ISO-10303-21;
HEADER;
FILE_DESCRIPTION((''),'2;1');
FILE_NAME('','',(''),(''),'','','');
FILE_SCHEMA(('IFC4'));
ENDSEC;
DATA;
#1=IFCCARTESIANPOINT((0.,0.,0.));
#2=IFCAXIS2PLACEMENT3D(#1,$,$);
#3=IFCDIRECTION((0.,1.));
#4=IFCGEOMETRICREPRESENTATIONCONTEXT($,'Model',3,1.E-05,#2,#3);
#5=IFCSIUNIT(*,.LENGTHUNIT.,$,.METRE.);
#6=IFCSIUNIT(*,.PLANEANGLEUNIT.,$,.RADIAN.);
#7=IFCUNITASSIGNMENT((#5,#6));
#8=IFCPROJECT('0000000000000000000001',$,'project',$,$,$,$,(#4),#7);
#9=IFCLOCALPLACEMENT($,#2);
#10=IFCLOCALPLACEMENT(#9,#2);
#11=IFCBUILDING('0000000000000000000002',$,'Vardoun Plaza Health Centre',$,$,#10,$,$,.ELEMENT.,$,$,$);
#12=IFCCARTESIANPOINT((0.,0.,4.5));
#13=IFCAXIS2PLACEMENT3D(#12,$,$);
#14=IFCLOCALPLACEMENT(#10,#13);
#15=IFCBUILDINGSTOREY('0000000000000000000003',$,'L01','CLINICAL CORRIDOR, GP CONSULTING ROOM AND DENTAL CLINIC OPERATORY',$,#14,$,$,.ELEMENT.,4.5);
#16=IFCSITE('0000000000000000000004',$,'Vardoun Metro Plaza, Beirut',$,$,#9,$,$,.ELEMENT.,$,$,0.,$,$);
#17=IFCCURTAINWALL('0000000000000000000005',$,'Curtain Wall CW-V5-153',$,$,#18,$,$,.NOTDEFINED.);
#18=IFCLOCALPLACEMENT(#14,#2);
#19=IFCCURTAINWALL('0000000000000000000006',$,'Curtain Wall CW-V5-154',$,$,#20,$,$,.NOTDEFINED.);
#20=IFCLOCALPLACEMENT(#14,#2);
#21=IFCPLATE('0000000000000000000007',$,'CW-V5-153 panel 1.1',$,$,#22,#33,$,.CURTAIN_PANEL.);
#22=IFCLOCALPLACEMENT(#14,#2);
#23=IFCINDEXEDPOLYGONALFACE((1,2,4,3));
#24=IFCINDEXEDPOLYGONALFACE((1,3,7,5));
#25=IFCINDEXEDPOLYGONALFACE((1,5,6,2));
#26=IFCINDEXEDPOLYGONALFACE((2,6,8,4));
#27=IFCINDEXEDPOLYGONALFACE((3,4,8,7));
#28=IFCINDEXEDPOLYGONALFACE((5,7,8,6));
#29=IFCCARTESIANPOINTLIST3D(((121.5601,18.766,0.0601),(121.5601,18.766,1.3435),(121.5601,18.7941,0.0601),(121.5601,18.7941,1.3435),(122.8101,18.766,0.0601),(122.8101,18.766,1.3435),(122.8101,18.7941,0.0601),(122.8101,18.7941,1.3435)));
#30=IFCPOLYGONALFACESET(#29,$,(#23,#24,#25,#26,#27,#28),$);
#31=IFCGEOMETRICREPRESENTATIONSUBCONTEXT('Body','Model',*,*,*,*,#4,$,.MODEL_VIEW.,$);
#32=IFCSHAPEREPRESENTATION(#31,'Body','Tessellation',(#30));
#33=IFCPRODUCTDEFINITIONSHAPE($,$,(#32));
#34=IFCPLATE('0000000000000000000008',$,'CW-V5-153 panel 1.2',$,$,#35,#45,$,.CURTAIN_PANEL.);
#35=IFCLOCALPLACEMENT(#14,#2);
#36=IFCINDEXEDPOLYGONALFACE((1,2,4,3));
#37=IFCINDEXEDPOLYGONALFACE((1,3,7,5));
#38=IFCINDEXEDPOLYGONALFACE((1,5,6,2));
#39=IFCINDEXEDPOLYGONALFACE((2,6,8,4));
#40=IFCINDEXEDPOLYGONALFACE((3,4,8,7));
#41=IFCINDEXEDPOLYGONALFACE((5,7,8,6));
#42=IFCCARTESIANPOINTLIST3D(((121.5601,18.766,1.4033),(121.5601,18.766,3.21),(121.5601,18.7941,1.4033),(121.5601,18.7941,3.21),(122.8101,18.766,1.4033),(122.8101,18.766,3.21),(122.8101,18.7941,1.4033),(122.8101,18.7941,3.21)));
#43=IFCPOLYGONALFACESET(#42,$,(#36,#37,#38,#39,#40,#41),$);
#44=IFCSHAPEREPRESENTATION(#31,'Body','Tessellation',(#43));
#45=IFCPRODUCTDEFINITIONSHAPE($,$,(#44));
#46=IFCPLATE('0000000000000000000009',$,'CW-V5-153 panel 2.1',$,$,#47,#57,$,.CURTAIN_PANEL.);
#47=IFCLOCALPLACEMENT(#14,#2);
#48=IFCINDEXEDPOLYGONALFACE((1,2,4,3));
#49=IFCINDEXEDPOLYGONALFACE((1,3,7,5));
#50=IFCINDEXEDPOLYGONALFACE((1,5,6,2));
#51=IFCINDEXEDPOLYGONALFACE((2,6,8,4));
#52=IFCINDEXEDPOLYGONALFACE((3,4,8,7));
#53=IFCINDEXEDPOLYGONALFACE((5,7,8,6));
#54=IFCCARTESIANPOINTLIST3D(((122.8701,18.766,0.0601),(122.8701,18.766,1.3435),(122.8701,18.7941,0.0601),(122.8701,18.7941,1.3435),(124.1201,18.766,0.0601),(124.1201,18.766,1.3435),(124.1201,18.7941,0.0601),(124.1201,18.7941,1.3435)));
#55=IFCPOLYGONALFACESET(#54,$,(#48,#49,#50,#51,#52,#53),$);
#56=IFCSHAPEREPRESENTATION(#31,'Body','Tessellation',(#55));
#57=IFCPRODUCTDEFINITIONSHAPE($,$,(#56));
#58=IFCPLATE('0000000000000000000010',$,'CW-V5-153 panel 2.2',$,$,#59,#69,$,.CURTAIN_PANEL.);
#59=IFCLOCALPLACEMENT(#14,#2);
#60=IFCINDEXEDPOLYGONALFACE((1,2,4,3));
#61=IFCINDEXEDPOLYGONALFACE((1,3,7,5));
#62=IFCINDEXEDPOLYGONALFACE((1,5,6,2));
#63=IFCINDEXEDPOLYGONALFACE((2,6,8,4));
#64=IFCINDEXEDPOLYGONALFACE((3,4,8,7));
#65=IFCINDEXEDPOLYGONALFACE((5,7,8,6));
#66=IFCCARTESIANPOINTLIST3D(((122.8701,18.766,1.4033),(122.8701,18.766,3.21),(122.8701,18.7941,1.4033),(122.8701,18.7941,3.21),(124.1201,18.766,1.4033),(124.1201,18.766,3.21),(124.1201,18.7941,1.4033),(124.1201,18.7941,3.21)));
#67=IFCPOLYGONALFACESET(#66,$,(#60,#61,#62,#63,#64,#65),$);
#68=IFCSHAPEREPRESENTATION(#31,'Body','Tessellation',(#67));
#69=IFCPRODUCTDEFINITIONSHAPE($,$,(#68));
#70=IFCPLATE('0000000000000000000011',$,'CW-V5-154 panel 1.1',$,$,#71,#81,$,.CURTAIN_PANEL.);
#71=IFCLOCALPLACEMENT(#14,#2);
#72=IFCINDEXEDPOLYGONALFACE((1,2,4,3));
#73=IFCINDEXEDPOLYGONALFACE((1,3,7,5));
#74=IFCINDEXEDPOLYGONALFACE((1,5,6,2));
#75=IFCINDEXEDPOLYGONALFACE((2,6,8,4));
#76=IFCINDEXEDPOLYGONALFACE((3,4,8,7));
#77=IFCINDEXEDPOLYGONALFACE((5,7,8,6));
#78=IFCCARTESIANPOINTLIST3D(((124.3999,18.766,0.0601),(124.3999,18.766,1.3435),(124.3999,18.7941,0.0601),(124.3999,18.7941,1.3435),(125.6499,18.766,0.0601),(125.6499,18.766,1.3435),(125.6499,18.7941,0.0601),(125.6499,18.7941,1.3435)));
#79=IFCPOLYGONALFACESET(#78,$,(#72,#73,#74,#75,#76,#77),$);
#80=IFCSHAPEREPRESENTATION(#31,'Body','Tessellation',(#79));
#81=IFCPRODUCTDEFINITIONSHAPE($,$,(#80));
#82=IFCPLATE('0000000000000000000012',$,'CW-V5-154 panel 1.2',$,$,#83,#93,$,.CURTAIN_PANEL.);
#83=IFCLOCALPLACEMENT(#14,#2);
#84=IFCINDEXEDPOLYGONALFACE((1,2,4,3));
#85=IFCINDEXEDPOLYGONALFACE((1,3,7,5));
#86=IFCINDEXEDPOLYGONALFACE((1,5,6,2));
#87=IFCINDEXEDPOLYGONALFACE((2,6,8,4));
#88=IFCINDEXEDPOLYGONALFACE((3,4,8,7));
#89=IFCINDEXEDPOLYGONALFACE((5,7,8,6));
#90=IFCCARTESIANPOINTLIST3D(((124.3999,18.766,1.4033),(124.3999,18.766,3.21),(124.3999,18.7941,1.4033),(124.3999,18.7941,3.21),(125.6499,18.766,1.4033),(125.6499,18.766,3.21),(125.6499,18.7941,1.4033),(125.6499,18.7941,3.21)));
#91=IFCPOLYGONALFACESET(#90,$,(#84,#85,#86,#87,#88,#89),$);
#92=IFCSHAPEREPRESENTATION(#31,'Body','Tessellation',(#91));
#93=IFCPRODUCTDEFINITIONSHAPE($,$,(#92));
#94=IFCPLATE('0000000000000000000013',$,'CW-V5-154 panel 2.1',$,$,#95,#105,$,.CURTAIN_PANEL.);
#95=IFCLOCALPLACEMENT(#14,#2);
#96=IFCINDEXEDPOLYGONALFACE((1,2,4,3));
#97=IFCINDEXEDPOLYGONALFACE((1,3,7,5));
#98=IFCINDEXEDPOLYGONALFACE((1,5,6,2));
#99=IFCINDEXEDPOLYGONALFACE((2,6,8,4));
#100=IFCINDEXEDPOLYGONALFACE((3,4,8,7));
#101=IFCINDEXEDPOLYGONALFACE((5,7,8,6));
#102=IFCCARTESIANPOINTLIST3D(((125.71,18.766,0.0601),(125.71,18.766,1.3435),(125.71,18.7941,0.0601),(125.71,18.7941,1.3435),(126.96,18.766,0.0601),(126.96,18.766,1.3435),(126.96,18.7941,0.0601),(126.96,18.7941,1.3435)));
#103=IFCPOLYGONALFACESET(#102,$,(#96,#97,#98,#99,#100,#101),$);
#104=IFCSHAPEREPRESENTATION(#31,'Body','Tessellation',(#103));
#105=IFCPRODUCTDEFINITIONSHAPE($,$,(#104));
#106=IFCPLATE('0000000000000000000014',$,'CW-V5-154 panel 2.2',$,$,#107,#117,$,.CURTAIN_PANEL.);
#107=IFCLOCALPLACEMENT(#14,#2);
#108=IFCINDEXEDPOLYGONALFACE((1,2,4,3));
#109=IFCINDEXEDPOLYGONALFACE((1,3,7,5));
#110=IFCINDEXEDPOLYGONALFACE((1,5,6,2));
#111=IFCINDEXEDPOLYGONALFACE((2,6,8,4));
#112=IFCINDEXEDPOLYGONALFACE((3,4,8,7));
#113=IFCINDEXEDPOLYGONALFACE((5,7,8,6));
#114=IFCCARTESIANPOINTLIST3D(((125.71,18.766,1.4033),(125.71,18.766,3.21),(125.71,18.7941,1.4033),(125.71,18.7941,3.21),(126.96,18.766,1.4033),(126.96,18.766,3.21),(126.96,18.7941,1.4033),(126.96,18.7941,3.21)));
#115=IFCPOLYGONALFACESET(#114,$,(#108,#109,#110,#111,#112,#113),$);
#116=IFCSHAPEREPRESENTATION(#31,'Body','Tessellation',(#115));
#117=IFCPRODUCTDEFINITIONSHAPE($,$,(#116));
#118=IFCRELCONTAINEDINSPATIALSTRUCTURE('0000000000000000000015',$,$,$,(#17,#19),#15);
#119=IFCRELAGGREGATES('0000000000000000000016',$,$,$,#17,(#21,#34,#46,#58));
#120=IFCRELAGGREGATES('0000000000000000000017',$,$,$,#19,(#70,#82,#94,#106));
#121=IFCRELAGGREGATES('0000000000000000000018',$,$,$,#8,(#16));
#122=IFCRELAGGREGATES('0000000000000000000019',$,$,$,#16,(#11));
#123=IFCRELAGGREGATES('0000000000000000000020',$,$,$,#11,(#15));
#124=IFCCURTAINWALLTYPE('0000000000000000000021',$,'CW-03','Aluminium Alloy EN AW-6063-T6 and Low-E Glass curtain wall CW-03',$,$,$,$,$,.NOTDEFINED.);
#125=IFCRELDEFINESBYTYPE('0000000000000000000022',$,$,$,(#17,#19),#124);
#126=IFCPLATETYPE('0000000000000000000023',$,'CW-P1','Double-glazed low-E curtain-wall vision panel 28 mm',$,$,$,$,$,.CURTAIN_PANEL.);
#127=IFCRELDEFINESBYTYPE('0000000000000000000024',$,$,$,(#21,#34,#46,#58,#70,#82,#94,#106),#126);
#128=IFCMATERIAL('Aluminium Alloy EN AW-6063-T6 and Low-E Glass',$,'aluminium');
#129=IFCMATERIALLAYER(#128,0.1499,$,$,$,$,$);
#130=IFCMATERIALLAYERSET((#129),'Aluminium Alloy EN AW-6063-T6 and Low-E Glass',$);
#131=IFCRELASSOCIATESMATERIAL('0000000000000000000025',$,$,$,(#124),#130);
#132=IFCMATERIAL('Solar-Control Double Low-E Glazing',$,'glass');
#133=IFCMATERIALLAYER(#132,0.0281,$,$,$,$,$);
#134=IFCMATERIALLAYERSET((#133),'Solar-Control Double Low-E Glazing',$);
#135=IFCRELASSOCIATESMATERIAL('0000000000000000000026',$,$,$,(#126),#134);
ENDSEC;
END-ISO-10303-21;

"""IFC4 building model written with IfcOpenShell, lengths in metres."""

from ifc_helpers import new_model, si_unit, direction, frame, origin, origin_2d, place, context, subcontext, project, spatial, rectangle, extrude, material, layer, layer_set, type_object, element, aggregate, save


model = new_model("IFC4")

# Units and contexts
model_context = context("Model", 3, precision=1e-05, world=origin(), true_north=direction((0.0, 1.0)))
body_context = subcontext(model_context, "Body", "Model", "MODEL_VIEW")
ifc_project = project(units=[si_unit("LENGTHUNIT", "METRE"), si_unit("PLANEANGLEUNIT", "RADIAN")], contexts=[model_context])

# Site, building, storey
site_placement = place(None, origin())
site = spatial("IfcSite", under=ifc_project, at=site_placement, Name="Vardoun Metro Plaza, Beirut", CompositionType="ELEMENT", RefElevation=0.0)
building_placement = place(site_placement, origin())
building = spatial("IfcBuilding", under=site, at=building_placement, Name="Vardoun Plaza Health Centre", CompositionType="ELEMENT")
storey_placement = place(building_placement, frame((0.0, 0.0, 4.5)))
storey = spatial("IfcBuildingStorey", under=building, at=storey_placement, Name="L01", Description="CLINICAL CORRIDOR, GP CONSULTING ROOM AND DENTAL CLINIC OPERATORY", CompositionType="ELEMENT", Elevation=4.5)

# Curtain walls
ifc_material_1 = material(Name="Aluminium Alloy EN AW-6063-T6 and Low-E Glass", Category="aluminium")
ifc_layer_1 = layer(ifc_material_1, 0.1499)
ifc_layer_set_1 = layer_set([ifc_layer_1], Name="Aluminium Alloy EN AW-6063-T6 and Low-E Glass")
curtain_wall_type = type_object("IfcCurtainWallType", Name="CW-03", Description="Aluminium Alloy EN AW-6063-T6 and Low-E Glass curtain wall CW-03", PredefinedType="NOTDEFINED", material=ifc_layer_set_1)
curtain_wall_1_placement = place(storey_placement, origin())
curtain_wall_1 = element("IfcCurtainWall", 1, at=curtain_wall_1_placement, inside=storey, type_object=curtain_wall_type, Name="Curtain Wall CW-V5-153", PredefinedType="NOTDEFINED")
curtain_wall_2_placement = place(storey_placement, origin())
curtain_wall_2 = element("IfcCurtainWall", 2, at=curtain_wall_2_placement, inside=storey, type_object=curtain_wall_type, Name="Curtain Wall CW-V5-154", PredefinedType="NOTDEFINED")

# Plates
ifc_material_2 = material(Name="Solar-Control Double Low-E Glazing", Category="glass")
ifc_layer_2 = layer(ifc_material_2, 0.0281)
ifc_layer_set_2 = layer_set([ifc_layer_2], Name="Solar-Control Double Low-E Glazing")
plate_type = type_object("IfcPlateType", Name="CW-P1", Description="Double-glazed low-E curtain-wall vision panel 28 mm", PredefinedType="CURTAIN_PANEL", material=ifc_layer_set_2)
plate_1_placement = place(storey_placement, frame((122.1851, 18.78, 0.0601), z_axis=(0.0, 0.0, 1.0), x_axis=(1.0, 0.0, 0.0)))
plate_1 = element("IfcPlate", 3, at=plate_1_placement, type_object=plate_type, Name="CW-V5-153 panel 1.1", PredefinedType="CURTAIN_PANEL", context=body_context, shape_type="SweptSolid", body=[
    extrude(rectangle(XDim=1.25, YDim=0.0281, at=origin_2d()), origin(), (0.0, 0.0, 1.0), 1.2834),
])
plate_2_placement = place(storey_placement, frame((122.1851, 18.78, 1.4033), z_axis=(0.0, 0.0, 1.0), x_axis=(1.0, 0.0, 0.0)))
plate_2 = element("IfcPlate", 4, at=plate_2_placement, type_object=plate_type, Name="CW-V5-153 panel 1.2", PredefinedType="CURTAIN_PANEL", context=body_context, shape_type="SweptSolid", body=[
    extrude(rectangle(XDim=1.25, YDim=0.0281, at=origin_2d()), origin(), (0.0, 0.0, 1.0), 1.8066),
])
plate_3_placement = place(storey_placement, frame((123.4951, 18.78, 0.0601), z_axis=(0.0, 0.0, 1.0), x_axis=(1.0, 0.0, 0.0)))
plate_3 = element("IfcPlate", 5, at=plate_3_placement, type_object=plate_type, Name="CW-V5-153 panel 2.1", PredefinedType="CURTAIN_PANEL", context=body_context, shape_type="SweptSolid", body=[
    extrude(rectangle(XDim=1.25, YDim=0.0281, at=origin_2d()), origin(), (0.0, 0.0, 1.0), 1.2834),
])
plate_4_placement = place(storey_placement, frame((123.4951, 18.78, 1.4033), z_axis=(0.0, 0.0, 1.0), x_axis=(1.0, 0.0, 0.0)))
plate_4 = element("IfcPlate", 6, at=plate_4_placement, type_object=plate_type, Name="CW-V5-153 panel 2.2", PredefinedType="CURTAIN_PANEL", context=body_context, shape_type="SweptSolid", body=[
    extrude(rectangle(XDim=1.25, YDim=0.0281, at=origin_2d()), origin(), (0.0, 0.0, 1.0), 1.8066),
])
aggregate(curtain_wall_1, [plate_1, plate_2, plate_3, plate_4])
plate_5_placement = place(storey_placement, frame((125.0249, 18.78, 0.0601), z_axis=(0.0, 0.0, 1.0), x_axis=(1.0, 0.0, 0.0)))
plate_5 = element("IfcPlate", 7, at=plate_5_placement, type_object=plate_type, Name="CW-V5-154 panel 1.1", PredefinedType="CURTAIN_PANEL", context=body_context, shape_type="SweptSolid", body=[
    extrude(rectangle(XDim=1.25, YDim=0.0281, at=origin_2d()), origin(), (0.0, 0.0, 1.0), 1.2834),
])
plate_6_placement = place(storey_placement, frame((125.0249, 18.78, 1.4033), z_axis=(0.0, 0.0, 1.0), x_axis=(1.0, 0.0, 0.0)))
plate_6 = element("IfcPlate", 8, at=plate_6_placement, type_object=plate_type, Name="CW-V5-154 panel 1.2", PredefinedType="CURTAIN_PANEL", context=body_context, shape_type="SweptSolid", body=[
    extrude(rectangle(XDim=1.25, YDim=0.0281, at=origin_2d()), origin(), (0.0, 0.0, 1.0), 1.8066),
])
plate_7_placement = place(storey_placement, frame((126.335, 18.78, 0.0601), z_axis=(0.0, 0.0, 1.0), x_axis=(1.0, 0.0, 0.0)))
plate_7 = element("IfcPlate", 9, at=plate_7_placement, type_object=plate_type, Name="CW-V5-154 panel 2.1", PredefinedType="CURTAIN_PANEL", context=body_context, shape_type="SweptSolid", body=[
    extrude(rectangle(XDim=1.25, YDim=0.0281, at=origin_2d()), origin(), (0.0, 0.0, 1.0), 1.2834),
])
plate_8_placement = place(storey_placement, frame((126.335, 18.78, 1.4033), z_axis=(0.0, 0.0, 1.0), x_axis=(1.0, 0.0, 0.0)))
plate_8 = element("IfcPlate", 10, at=plate_8_placement, type_object=plate_type, Name="CW-V5-154 panel 2.2", PredefinedType="CURTAIN_PANEL", context=body_context, shape_type="SweptSolid", body=[
    extrude(rectangle(XDim=1.25, YDim=0.0281, at=origin_2d()), origin(), (0.0, 0.0, 1.0), 1.8066),
])
aggregate(curtain_wall_2, [plate_5, plate_6, plate_7, plate_8])

save(model, "model.ifc")
